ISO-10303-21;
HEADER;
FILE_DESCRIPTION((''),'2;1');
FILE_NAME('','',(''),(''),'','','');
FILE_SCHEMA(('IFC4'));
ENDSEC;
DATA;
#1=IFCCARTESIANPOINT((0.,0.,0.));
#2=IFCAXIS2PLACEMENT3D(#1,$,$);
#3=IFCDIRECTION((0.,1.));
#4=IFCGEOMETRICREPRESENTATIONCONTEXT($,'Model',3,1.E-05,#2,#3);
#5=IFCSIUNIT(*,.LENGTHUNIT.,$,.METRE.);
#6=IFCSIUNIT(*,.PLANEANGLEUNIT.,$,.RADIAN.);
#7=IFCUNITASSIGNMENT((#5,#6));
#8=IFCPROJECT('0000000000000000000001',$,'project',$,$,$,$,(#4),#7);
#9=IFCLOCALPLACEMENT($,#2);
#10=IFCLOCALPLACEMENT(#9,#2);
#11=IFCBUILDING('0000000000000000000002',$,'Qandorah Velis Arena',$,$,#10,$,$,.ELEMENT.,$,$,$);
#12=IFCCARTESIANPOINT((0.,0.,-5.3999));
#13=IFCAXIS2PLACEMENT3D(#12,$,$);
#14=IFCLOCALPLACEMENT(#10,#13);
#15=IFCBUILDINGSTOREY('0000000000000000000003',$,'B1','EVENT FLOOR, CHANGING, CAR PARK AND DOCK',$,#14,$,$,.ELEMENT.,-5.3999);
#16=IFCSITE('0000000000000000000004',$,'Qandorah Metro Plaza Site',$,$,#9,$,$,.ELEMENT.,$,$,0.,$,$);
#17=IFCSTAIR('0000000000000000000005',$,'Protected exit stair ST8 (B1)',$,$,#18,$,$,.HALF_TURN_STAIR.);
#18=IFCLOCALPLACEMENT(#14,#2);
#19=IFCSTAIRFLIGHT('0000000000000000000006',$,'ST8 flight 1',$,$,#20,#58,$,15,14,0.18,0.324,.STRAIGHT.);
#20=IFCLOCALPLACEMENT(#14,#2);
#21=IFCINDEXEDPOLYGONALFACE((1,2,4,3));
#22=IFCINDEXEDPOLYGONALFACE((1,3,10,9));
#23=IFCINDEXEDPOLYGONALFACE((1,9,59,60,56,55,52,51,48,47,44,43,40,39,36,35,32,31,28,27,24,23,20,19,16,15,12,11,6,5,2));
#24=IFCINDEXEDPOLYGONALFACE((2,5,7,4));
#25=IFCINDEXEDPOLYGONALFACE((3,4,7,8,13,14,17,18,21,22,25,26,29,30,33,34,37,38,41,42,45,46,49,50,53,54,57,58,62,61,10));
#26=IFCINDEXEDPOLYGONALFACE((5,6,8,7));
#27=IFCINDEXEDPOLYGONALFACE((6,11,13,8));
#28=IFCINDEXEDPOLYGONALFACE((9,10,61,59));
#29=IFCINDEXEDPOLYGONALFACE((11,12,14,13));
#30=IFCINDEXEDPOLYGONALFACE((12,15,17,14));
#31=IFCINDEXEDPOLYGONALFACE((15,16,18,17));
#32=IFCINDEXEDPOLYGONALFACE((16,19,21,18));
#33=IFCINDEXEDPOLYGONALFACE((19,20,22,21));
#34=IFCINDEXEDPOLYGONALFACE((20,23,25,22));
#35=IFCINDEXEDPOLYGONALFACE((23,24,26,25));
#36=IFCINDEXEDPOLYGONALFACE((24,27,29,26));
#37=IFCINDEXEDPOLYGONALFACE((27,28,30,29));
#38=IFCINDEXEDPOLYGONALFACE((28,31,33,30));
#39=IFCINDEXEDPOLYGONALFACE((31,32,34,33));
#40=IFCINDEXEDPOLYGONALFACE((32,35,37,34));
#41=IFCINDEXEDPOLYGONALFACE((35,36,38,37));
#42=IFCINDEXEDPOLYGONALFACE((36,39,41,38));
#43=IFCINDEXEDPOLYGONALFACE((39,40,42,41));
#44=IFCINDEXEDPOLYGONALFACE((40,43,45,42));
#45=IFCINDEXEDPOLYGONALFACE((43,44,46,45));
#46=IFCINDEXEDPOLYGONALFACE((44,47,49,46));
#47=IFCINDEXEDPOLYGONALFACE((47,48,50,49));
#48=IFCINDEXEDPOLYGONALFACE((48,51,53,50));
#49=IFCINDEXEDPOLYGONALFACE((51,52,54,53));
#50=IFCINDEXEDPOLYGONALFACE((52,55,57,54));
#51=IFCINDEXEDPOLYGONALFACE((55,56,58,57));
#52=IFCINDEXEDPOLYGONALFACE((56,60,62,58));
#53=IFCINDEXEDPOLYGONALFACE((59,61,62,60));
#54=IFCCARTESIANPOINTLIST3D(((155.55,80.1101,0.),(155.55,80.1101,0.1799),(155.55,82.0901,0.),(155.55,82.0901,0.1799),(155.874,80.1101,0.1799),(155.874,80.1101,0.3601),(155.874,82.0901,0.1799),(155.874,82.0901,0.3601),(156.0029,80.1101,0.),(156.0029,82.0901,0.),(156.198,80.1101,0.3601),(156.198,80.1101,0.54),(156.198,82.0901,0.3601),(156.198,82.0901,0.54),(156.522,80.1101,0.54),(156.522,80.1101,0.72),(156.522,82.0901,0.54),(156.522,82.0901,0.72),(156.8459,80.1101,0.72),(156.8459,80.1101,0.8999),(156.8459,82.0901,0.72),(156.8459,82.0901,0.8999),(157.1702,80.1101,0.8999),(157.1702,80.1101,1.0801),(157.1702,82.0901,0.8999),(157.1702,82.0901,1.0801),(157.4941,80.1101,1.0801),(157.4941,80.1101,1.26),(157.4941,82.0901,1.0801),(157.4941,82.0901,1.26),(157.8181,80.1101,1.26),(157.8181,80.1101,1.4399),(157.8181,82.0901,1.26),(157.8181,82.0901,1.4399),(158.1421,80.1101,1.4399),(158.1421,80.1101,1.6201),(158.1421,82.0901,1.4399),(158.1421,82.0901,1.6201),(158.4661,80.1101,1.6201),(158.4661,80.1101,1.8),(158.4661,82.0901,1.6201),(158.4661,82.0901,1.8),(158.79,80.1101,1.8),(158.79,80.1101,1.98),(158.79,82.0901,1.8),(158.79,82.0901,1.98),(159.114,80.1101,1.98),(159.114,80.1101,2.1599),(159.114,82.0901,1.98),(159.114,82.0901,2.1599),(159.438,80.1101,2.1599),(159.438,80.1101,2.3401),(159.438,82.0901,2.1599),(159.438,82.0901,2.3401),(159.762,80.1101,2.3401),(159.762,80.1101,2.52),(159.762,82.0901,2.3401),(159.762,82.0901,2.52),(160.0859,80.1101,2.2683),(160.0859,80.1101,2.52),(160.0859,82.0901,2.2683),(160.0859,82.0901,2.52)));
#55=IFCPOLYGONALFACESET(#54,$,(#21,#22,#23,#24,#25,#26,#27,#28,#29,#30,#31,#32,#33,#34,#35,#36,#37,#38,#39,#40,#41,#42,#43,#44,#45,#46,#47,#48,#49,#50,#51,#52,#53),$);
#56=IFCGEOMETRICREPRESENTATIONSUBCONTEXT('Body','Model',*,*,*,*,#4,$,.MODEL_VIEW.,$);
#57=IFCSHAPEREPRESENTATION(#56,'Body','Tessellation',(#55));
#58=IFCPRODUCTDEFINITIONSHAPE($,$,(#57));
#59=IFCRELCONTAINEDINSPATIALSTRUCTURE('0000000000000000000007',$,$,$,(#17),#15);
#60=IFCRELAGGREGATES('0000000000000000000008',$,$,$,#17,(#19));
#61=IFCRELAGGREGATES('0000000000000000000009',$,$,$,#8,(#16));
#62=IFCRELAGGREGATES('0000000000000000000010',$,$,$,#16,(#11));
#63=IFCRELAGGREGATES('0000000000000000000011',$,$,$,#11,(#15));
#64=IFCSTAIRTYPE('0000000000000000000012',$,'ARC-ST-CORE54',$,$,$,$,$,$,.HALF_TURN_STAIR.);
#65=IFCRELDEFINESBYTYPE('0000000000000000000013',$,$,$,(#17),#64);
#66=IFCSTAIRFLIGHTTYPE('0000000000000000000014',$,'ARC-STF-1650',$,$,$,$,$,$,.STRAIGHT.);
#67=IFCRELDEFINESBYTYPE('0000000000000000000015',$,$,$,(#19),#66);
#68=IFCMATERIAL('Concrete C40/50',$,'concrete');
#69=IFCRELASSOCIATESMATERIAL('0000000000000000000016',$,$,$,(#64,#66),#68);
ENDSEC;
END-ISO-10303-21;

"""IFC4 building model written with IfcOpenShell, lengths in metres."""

from ifc_helpers import new_model, si_unit, direction, frame, origin, place, context, subcontext, project, spatial, polyline, outline, extrude, material, type_object, element, aggregate, save


model = new_model("IFC4")

# Units and contexts
model_context = context("Model", 3, precision=1e-05, world=origin(), true_north=direction((0.0, 1.0)))
body_context = subcontext(model_context, "Body", "Model", "MODEL_VIEW")
ifc_project = project(units=[si_unit("LENGTHUNIT", "METRE"), si_unit("PLANEANGLEUNIT", "RADIAN")], contexts=[model_context])

# Site, building, storey
site_placement = place(None, origin())
site = spatial("IfcSite", under=ifc_project, at=site_placement, Name="Qandorah Metro Plaza Site", CompositionType="ELEMENT", RefElevation=0.0)
building_placement = place(site_placement, origin())
building = spatial("IfcBuilding", under=site, at=building_placement, Name="Qandorah Velis Arena", CompositionType="ELEMENT")
storey_placement = place(building_placement, frame((0.0, 0.0, -5.3999)))
storey = spatial("IfcBuildingStorey", under=building, at=storey_placement, Name="B1", Description="EVENT FLOOR, CHANGING, CAR PARK AND DOCK", CompositionType="ELEMENT", Elevation=-5.3999)

# Shared definitions
ifc_material_1 = material(Name="Concrete C40/50", Category="concrete")

# Stair, stair flight
stair_type = type_object("IfcStairType", Name="ARC-ST-CORE54", PredefinedType="HALF_TURN_STAIR", material=ifc_material_1)
stair_placement = place(storey_placement, origin())
stair = element("IfcStair", 1, at=stair_placement, inside=storey, type_object=stair_type, Name="Protected exit stair ST8 (B1)", PredefinedType="HALF_TURN_STAIR")
stair_flight_type = type_object("IfcStairFlightType", Name="ARC-STF-1650", PredefinedType="STRAIGHT", material=ifc_material_1)
stair_flight_placement = place(storey_placement, frame((155.55, 81.1001, 0.0), z_axis=(0.0, 0.0, 1.0), x_axis=(1.0, 0.0, 0.0)))
stair_flight = element("IfcStairFlight", 2, at=stair_flight_placement, type_object=stair_flight_type, Name="ST8 flight 1", NumberOfRisers=15, NumberOfTreads=14, PredefinedType="STRAIGHT", RiserHeight=0.18, TreadLength=0.324, context=body_context, shape_type="SweptSolid", body=[
    extrude(outline(polyline([(0.0, 0.0), (0.0, 0.1799), (0.324, 0.1799), (0.324, 0.3601), (0.6479, 0.3601), (0.6479, 0.54), (0.9719, 0.54), (0.9719, 0.72), (1.2959, 0.72), (1.2959, 0.8999), (1.6201, 0.8999), (1.6201, 1.0801), (1.9441, 1.0801), (1.9441, 1.26), (2.2681, 1.26), (2.2681, 1.4399), (2.592, 1.4399), (2.592, 1.6201), (2.916, 1.6201), (2.916, 1.8), (3.24, 1.8), (3.24, 1.98), (3.564, 1.98), (3.564, 2.1599), (3.8879, 2.1599), (3.8879, 2.3401), (4.2119, 2.3401), (4.2119, 2.52), (4.5359, 2.52), (4.5359, 2.7), (4.5359, 2.2683), (0.4529, 0.0), (0.0, 0.0)])), frame((0.0, 0.99, 0.0), z_axis=(0.0, -1.0, 0.0), x_axis=(1.0, 0.0, 0.0)), (0.0, 0.0, 1.0), 1.98),
])
aggregate(stair, [stair_flight])

save(model, "model.ifc")
